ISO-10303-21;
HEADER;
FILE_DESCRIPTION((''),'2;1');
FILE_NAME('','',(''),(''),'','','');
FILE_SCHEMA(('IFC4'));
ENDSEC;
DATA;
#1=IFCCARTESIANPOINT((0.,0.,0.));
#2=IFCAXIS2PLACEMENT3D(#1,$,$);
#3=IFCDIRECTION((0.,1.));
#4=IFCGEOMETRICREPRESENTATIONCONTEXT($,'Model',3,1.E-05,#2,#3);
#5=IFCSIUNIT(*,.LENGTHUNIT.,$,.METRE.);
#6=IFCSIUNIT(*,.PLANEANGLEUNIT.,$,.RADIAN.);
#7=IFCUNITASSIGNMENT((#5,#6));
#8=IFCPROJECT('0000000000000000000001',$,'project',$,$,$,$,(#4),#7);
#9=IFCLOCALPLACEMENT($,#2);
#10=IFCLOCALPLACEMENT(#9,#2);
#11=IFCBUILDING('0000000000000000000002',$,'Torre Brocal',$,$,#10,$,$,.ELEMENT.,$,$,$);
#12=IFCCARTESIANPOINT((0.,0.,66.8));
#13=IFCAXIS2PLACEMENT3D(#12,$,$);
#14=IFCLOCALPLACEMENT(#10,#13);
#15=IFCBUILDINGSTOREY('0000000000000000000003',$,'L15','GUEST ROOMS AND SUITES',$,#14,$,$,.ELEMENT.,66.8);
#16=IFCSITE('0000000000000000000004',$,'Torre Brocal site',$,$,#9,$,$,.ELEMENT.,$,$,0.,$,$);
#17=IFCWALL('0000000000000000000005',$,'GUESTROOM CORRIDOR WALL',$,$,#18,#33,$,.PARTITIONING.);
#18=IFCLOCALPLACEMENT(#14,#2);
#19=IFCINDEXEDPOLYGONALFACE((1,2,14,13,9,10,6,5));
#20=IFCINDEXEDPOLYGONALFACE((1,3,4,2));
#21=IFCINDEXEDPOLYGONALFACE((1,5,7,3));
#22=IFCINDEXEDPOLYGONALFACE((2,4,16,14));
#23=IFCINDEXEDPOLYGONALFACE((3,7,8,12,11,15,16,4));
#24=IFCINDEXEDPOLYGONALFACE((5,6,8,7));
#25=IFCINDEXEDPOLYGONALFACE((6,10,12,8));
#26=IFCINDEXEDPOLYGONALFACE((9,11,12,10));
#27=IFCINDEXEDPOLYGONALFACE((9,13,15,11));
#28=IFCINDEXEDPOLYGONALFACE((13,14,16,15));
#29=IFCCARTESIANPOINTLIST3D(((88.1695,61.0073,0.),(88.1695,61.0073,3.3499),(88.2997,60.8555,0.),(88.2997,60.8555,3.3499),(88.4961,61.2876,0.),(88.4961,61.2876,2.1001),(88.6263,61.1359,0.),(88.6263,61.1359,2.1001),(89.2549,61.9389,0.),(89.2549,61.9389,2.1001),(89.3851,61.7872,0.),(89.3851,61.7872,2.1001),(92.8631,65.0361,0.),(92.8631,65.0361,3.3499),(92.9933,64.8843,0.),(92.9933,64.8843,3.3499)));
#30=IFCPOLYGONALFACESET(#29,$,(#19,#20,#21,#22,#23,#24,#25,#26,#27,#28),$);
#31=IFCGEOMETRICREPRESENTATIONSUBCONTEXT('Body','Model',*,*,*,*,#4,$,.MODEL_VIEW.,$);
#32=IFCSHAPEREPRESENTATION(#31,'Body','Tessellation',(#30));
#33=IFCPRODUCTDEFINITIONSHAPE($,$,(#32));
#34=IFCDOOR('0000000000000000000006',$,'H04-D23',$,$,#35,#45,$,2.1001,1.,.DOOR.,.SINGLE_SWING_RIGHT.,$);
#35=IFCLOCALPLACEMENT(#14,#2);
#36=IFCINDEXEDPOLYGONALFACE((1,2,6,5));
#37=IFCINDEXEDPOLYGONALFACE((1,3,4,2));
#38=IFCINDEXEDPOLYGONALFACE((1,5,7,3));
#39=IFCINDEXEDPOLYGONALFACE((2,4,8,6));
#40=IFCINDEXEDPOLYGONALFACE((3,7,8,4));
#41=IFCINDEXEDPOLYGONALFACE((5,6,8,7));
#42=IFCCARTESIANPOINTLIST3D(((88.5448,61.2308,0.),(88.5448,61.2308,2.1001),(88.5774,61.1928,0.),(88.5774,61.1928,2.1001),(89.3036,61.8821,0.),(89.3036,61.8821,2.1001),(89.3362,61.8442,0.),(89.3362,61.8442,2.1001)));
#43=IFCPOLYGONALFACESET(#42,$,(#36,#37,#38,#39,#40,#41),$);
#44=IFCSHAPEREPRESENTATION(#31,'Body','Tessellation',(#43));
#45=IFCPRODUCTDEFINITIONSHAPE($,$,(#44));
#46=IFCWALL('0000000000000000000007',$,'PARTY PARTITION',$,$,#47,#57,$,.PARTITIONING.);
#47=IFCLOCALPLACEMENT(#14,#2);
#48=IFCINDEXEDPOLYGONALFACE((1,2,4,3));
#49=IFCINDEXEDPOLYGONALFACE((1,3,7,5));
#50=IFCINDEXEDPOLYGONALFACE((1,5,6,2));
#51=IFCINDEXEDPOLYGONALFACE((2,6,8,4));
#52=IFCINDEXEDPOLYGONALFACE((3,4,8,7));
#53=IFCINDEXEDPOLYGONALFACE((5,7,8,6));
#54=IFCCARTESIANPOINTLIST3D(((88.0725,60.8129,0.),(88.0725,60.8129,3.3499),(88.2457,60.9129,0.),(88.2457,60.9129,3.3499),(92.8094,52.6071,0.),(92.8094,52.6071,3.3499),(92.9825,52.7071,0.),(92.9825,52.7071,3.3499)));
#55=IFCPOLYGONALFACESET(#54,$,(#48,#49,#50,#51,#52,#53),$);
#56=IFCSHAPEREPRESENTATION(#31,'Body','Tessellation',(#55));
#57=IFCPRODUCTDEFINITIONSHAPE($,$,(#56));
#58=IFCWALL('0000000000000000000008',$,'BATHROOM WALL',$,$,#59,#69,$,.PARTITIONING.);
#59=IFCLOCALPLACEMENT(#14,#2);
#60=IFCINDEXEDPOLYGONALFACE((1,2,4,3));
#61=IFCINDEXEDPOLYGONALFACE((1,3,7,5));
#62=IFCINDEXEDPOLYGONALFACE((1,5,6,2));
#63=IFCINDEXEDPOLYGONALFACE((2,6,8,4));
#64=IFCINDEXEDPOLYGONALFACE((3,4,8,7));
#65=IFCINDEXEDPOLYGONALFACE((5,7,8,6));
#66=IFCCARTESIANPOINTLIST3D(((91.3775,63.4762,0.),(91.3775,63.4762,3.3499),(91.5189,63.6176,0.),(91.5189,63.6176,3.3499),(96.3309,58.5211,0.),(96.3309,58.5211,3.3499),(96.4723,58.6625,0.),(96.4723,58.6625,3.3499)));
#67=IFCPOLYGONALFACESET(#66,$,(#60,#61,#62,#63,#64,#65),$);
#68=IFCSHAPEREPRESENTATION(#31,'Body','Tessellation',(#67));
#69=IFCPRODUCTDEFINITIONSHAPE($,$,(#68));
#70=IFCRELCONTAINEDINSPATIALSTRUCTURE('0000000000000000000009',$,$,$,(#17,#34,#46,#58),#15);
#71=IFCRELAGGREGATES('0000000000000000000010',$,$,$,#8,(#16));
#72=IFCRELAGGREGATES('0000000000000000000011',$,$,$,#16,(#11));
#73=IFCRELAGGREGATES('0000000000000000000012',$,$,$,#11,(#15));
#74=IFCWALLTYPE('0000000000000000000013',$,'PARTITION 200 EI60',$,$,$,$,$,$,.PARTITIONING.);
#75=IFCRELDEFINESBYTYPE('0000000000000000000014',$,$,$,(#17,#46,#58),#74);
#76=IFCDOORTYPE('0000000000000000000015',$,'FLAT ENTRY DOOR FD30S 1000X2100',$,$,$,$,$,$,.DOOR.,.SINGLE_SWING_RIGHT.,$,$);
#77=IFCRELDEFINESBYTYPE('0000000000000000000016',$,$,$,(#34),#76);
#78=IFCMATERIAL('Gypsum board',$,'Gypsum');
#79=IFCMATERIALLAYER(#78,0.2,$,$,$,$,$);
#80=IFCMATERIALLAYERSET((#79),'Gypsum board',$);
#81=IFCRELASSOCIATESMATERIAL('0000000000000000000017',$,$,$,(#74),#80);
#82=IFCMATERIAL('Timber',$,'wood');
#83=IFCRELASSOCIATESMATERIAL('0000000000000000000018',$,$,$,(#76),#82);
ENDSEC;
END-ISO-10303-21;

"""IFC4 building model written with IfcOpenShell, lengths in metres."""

from ifc_helpers import new_model, si_unit, direction, frame, frame_2d, origin, place, context, subcontext, project, spatial, rectangle, extrude, material, layer, layer_set, type_object, element, fill, save


model = new_model("IFC4")

# Units and contexts
model_context = context("Model", 3, precision=1e-05, world=origin(), true_north=direction((0.0, 1.0)))
body_context = subcontext(model_context, "Body", "Model", "MODEL_VIEW")
ifc_project = project(units=[si_unit("LENGTHUNIT", "METRE"), si_unit("PLANEANGLEUNIT", "RADIAN")], contexts=[model_context])

# Site, building, storey
site_placement = place(None, origin())
site = spatial("IfcSite", under=ifc_project, at=site_placement, Name="Torre Brocal site", CompositionType="ELEMENT", RefElevation=0.0)
building_placement = place(site_placement, origin())
building = spatial("IfcBuilding", under=site, at=building_placement, Name="Torre Brocal", CompositionType="ELEMENT")
storey_placement = place(building_placement, frame((0.0, 0.0, 66.8)))
storey = spatial("IfcBuildingStorey", under=building, at=storey_placement, Name="L15", Description="GUEST ROOMS AND SUITES", CompositionType="ELEMENT", Elevation=66.8)

# Shared definitions
ifc_material_1 = material(Name="Gypsum board", Category="Gypsum")
ifc_layer_1 = layer(ifc_material_1, 0.2)
ifc_layer_set_1 = layer_set([ifc_layer_1], Name="Gypsum board")
wall_type_1 = type_object("IfcWallType", Name="PARTITION 200 EI60", PredefinedType="PARTITIONING", material=ifc_layer_set_1)

# Wall, opening, door
wall_1_placement = place(storey_placement, frame((88.2346, 60.9314, 0.0), z_axis=(0.0, 0.0, 1.0), x_axis=(0.758799, 0.651324, 0.0)))
wall_1 = element("IfcWall", 1, at=wall_1_placement, inside=storey, type_object=wall_type_1, Name="GUESTROOM CORRIDOR WALL", PredefinedType="PARTITIONING", context=body_context, shape_type="SweptSolid", body=[
    extrude(rectangle(XDim=6.1855, YDim=0.2, at=frame_2d((3.0928, 0.0))), origin(), (0.0, 0.0, 1.0), 3.3499),
])
opening_1_placement = place(wall_1_placement, frame((0.4304, 0.0, 0.0)))
opening_1 = element("IfcOpeningElement", 2, at=opening_1_placement, cuts=wall_1, PredefinedType="OPENING", context=body_context, shape_type="SweptSolid", body=[
    extrude(rectangle(XDim=1.0, YDim=2.1001, at=frame_2d((0.5, 1.05))), frame((0.0, 0.1099, 0.0), z_axis=(0.0, -1.0, 0.0), x_axis=(1.0, 0.0, 0.0)), (0.0, 0.0, 1.0), 0.22),
])
ifc_material_2 = material(Name="Timber", Category="wood")
door_type_1 = type_object("IfcDoorType", Name="FLAT ENTRY DOOR FD30S 1000X2100", OperationType="SINGLE_SWING_RIGHT", PredefinedType="DOOR", material=ifc_material_2)
door_1_placement = place(opening_1_placement, frame((1.0, 0.0, 0.0), z_axis=(0.0, 0.0, 1.0), x_axis=(-1.0, 0.0, 0.0)))
door_1 = element("IfcDoor", 3, at=door_1_placement, inside=storey, type_object=door_type_1, Name="H04-D23", OperationType="SINGLE_SWING_RIGHT", OverallHeight=2.1001, OverallWidth=1.0, PredefinedType="DOOR", context=body_context, shape_type="SweptSolid", body=[
    extrude(rectangle(XDim=1.0, YDim=2.1001, at=frame_2d((0.5, 1.05))), frame((0.0, 0.0249, 0.0), z_axis=(0.0, -1.0, 0.0), x_axis=(1.0, 0.0, 0.0)), (0.0, 0.0, 1.0), 0.05),
])
fill(opening_1, door_1)

# Walls
wall_2_placement = place(storey_placement, frame((88.1592, 60.8628, 0.0), z_axis=(0.0, 0.0, 1.0), x_axis=(0.499936, -0.866062, 0.0)))
element("IfcWall", 4, at=wall_2_placement, inside=storey, type_object=wall_type_1, Name="PARTY PARTITION", PredefinedType="PARTITIONING", context=body_context, shape_type="SweptSolid", body=[
    extrude(rectangle(XDim=9.4749, YDim=0.2, at=frame_2d((4.7373, 0.0))), origin(), (0.0, 0.0, 1.0), 3.3499),
])
wall_3_placement = place(storey_placement, frame((91.4482, 63.5469, 0.0), z_axis=(0.0, 0.0, 1.0), x_axis=(0.706985, -0.707229, 0.0)))
element("IfcWall", 5, at=wall_3_placement, inside=storey, type_object=wall_type_1, Name="BATHROOM WALL", PredefinedType="PARTITIONING", context=body_context, shape_type="SweptSolid", body=[
    extrude(rectangle(XDim=7.0063, YDim=0.2, at=frame_2d((3.5032, 0.0))), origin(), (0.0, 0.0, 1.0), 3.3499),
])

save(model, "model.ifc")
